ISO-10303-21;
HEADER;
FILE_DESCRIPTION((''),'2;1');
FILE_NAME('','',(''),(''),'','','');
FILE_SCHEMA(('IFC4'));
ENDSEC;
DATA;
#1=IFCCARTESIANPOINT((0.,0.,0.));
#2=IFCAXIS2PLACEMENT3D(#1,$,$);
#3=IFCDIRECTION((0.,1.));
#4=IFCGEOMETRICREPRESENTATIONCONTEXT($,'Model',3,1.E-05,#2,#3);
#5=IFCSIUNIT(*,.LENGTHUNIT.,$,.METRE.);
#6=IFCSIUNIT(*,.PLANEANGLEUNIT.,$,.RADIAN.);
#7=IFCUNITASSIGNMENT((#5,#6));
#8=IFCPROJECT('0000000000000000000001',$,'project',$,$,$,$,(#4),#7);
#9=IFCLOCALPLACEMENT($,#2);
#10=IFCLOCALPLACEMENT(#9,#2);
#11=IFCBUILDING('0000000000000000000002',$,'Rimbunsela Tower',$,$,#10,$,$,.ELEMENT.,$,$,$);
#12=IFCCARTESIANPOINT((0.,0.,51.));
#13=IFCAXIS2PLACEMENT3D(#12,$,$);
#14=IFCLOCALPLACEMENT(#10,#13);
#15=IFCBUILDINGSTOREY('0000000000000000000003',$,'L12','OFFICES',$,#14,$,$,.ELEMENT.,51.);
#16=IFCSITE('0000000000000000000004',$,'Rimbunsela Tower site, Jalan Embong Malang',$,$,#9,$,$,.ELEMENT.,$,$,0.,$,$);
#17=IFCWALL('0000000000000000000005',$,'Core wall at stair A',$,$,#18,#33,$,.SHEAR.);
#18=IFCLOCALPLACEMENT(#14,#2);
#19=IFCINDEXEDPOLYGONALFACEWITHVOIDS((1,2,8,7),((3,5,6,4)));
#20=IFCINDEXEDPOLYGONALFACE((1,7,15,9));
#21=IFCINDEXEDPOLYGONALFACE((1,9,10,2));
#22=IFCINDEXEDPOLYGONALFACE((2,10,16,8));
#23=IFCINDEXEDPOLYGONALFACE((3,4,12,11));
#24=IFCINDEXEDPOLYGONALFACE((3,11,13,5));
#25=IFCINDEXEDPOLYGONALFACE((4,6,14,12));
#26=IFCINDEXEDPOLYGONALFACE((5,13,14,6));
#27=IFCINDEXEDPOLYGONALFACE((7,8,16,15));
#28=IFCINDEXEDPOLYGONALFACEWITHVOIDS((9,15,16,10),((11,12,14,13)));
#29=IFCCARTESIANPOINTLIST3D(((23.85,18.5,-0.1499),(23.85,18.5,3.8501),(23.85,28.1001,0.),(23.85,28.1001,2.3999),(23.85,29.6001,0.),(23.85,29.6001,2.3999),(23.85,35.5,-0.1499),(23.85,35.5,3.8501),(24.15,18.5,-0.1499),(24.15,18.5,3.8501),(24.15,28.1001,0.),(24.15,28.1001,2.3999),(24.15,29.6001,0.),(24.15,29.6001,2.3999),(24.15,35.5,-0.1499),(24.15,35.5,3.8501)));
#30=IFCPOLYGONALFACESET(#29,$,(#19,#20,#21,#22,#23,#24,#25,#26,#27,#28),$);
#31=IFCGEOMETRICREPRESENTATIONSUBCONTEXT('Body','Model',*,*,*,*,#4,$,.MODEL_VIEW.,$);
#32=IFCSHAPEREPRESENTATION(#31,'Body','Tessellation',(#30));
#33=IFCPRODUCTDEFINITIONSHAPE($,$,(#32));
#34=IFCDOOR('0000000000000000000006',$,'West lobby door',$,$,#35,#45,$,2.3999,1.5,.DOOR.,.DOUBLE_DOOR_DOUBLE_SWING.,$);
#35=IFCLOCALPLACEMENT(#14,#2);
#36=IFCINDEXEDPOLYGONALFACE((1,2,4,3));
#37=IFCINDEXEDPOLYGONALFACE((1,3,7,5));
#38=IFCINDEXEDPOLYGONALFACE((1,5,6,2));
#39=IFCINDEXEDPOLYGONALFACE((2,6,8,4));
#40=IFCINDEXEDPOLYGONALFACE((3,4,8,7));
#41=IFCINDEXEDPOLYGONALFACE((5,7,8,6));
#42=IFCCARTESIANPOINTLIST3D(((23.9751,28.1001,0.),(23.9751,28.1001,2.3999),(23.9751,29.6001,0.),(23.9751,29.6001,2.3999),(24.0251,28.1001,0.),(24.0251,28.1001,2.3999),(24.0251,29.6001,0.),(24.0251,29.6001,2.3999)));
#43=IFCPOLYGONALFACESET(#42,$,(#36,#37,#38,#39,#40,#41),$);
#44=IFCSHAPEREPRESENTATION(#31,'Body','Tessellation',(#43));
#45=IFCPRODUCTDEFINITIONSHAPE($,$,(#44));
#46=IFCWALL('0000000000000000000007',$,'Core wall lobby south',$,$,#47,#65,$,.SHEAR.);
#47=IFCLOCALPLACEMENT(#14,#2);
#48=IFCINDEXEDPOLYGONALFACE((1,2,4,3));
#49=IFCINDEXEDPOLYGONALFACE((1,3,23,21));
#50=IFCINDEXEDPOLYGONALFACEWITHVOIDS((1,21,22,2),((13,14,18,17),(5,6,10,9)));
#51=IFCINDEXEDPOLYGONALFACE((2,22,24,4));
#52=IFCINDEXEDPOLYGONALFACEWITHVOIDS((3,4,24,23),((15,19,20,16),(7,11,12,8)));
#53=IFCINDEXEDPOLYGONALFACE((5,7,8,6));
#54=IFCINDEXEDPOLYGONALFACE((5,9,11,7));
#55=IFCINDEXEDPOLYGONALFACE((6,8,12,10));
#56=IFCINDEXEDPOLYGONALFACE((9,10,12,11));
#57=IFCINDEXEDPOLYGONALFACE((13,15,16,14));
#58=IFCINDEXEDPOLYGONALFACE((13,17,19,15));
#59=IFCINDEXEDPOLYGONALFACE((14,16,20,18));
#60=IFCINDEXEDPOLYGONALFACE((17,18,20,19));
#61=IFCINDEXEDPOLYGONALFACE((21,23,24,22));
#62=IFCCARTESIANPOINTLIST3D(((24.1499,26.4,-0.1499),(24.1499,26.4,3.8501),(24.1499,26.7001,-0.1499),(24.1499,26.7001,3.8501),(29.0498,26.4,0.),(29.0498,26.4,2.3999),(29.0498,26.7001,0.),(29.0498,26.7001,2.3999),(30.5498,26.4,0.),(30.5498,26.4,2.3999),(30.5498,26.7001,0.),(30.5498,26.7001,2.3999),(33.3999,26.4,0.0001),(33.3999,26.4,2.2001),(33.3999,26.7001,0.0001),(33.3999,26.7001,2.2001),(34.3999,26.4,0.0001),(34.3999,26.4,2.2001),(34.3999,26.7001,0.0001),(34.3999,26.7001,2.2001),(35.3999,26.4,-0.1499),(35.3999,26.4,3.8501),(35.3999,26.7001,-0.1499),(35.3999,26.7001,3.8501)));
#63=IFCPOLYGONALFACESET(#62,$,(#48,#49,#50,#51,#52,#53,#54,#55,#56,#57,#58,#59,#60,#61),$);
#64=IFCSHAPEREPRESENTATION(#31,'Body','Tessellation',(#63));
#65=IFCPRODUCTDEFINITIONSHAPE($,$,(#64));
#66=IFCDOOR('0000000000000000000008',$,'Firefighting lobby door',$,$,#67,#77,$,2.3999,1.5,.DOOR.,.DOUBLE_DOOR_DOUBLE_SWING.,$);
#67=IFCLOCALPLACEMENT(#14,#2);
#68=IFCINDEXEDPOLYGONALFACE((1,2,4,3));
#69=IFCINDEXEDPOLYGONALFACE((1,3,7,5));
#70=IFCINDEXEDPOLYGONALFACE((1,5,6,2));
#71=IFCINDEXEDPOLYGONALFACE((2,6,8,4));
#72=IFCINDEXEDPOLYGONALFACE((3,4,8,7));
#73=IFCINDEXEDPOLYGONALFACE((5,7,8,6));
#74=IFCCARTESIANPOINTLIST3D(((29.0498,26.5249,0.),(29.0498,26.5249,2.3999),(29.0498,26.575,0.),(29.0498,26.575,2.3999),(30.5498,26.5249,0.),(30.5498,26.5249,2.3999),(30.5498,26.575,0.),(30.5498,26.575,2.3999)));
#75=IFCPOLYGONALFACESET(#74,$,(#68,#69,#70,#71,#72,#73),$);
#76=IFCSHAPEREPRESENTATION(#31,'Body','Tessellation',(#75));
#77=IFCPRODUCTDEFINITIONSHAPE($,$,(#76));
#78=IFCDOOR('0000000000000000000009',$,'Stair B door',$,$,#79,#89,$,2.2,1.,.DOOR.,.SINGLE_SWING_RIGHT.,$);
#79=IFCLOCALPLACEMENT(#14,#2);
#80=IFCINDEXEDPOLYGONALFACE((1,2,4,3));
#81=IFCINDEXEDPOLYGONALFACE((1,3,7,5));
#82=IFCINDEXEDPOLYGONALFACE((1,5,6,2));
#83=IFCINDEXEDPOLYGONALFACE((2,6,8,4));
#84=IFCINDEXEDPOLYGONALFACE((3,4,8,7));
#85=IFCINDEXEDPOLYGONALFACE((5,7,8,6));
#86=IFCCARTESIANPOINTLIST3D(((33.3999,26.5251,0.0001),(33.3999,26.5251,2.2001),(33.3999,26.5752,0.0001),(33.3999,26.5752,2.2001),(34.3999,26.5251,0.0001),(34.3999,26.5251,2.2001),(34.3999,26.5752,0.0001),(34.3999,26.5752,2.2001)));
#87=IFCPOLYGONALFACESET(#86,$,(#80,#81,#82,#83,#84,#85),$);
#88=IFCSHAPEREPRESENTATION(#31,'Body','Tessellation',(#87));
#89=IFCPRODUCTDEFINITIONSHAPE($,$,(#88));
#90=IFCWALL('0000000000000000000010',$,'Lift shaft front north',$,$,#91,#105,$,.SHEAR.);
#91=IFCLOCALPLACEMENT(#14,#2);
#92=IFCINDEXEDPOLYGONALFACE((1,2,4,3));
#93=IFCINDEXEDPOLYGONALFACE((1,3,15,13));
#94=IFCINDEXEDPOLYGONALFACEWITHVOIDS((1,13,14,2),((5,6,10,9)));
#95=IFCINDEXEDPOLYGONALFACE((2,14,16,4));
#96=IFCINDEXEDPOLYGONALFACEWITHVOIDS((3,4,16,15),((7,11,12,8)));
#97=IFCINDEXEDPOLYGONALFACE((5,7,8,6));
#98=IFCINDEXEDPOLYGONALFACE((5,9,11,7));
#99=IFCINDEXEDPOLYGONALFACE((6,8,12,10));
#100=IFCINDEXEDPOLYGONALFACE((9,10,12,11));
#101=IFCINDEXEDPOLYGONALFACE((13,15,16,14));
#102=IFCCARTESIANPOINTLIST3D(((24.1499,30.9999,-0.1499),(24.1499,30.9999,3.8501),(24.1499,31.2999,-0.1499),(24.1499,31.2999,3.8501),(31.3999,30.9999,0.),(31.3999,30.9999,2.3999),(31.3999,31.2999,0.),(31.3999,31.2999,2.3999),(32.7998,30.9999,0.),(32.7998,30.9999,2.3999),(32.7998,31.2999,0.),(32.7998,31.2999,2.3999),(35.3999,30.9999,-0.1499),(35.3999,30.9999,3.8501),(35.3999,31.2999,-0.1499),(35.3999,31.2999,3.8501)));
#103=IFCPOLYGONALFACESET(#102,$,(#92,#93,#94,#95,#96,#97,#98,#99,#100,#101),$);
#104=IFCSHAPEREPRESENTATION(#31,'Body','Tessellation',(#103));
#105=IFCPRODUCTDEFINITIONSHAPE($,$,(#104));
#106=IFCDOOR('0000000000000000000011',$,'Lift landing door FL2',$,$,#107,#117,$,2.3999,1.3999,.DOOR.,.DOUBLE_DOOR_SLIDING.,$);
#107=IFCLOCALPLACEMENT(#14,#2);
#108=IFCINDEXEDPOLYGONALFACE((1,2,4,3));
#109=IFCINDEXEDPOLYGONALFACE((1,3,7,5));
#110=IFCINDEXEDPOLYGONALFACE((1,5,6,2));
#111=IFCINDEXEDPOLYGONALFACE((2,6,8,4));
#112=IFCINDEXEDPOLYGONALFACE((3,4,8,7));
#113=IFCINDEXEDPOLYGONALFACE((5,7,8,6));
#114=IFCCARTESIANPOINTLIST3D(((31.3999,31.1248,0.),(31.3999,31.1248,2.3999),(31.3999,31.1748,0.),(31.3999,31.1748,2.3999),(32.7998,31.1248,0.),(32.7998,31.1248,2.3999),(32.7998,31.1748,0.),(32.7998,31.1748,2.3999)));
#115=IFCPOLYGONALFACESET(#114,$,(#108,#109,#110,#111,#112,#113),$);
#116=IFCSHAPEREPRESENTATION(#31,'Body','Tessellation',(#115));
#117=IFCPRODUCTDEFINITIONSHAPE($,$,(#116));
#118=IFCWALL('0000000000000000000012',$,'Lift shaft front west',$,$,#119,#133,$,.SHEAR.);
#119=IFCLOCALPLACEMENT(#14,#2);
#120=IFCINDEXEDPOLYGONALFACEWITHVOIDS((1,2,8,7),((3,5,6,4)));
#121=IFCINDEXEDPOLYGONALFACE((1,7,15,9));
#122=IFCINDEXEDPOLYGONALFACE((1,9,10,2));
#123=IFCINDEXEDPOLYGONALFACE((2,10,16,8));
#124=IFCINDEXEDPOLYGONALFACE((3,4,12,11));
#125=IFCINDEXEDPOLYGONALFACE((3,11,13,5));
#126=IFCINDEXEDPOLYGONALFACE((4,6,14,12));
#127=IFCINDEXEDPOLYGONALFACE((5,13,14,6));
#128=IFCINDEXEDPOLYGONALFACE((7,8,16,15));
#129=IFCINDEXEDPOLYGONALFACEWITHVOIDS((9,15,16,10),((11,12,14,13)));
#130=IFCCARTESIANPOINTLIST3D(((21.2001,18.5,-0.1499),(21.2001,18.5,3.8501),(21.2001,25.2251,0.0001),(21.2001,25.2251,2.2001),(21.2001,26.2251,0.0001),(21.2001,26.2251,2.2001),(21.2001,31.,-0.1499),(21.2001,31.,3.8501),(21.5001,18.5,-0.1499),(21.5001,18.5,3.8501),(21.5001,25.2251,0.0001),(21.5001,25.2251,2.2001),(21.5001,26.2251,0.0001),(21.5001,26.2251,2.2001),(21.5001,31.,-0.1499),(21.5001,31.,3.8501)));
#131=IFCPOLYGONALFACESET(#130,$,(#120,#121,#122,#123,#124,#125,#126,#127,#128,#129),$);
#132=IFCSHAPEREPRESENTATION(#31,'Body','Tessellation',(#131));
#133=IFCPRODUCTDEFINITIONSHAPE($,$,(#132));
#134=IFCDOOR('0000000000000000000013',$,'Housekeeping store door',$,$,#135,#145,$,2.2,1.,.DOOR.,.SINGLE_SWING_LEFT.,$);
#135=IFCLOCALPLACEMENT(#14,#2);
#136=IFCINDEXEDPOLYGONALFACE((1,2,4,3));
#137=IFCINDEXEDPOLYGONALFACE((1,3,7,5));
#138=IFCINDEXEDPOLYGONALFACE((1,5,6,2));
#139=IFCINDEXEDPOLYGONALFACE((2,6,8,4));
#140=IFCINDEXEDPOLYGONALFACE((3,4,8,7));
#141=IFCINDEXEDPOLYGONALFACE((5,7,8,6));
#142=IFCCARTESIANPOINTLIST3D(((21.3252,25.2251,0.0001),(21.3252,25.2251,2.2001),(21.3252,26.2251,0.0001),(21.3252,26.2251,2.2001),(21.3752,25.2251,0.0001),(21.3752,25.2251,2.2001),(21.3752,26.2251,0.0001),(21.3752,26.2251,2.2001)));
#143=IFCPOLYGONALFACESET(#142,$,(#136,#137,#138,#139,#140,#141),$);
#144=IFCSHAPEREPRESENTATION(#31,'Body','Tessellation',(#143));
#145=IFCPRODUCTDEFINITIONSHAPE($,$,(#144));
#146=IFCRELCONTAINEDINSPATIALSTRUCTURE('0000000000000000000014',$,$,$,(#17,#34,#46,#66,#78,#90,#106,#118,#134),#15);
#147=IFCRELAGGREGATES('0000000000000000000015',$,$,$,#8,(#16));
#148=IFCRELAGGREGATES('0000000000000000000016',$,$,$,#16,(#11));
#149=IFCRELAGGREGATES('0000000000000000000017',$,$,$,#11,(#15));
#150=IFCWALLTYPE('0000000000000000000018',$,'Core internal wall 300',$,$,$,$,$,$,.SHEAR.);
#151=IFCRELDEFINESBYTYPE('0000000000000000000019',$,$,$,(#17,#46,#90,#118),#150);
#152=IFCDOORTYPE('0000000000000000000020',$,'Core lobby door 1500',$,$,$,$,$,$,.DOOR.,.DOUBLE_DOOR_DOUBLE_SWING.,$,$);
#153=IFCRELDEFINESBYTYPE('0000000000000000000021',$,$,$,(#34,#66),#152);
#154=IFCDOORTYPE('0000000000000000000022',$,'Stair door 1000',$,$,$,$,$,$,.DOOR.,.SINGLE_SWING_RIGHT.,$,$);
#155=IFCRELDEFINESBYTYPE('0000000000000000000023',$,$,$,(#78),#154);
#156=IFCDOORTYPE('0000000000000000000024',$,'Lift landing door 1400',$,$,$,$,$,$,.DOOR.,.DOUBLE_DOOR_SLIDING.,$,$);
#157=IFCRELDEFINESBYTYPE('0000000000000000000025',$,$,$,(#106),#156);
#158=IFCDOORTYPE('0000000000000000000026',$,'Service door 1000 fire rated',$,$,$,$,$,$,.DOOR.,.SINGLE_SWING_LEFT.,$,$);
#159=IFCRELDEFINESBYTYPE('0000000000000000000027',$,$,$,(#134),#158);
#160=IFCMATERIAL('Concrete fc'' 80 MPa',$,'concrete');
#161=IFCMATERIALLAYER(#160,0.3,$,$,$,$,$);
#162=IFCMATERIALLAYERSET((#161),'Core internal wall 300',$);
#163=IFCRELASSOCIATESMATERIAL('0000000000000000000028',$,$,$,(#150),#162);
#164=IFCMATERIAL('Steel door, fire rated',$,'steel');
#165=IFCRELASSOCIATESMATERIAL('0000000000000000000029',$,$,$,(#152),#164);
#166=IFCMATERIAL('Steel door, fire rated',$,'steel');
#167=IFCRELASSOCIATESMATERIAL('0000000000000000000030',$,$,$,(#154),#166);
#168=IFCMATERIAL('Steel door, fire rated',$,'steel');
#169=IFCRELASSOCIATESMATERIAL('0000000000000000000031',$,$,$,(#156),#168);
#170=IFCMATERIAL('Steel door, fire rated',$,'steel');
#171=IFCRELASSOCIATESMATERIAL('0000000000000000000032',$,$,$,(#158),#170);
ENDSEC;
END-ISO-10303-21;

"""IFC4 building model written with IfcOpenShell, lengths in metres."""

from ifc_helpers import new_model, si_unit, direction, frame, frame_2d, origin, place, context, subcontext, project, spatial, rectangle, extrude, material, layer, layer_set, type_object, element, fill, save


model = new_model("IFC4")

# Units and contexts
model_context = context("Model", 3, precision=1e-05, world=origin(), true_north=direction((0.0, 1.0)))
body_context = subcontext(model_context, "Body", "Model", "MODEL_VIEW")
ifc_project = project(units=[si_unit("LENGTHUNIT", "METRE"), si_unit("PLANEANGLEUNIT", "RADIAN")], contexts=[model_context])

# Site, building, storey
site_placement = place(None, origin())
site = spatial("IfcSite", under=ifc_project, at=site_placement, Name="Rimbunsela Tower site, Jalan Embong Malang", CompositionType="ELEMENT", RefElevation=0.0)
building_placement = place(site_placement, origin())
building = spatial("IfcBuilding", under=site, at=building_placement, Name="Rimbunsela Tower", CompositionType="ELEMENT")
storey_placement = place(building_placement, frame((0.0, 0.0, 51.0)))
storey = spatial("IfcBuildingStorey", under=building, at=storey_placement, Name="L12", Description="OFFICES", CompositionType="ELEMENT", Elevation=51.0)

# Wall, opening, door
ifc_material_1 = material(Name="Concrete fc' 80 MPa", Category="concrete")
ifc_layer_1 = layer(ifc_material_1, 0.3)
ifc_layer_set_1 = layer_set([ifc_layer_1], Name="Core internal wall 300")
wall_type_1 = type_object("IfcWallType", Name="Core internal wall 300", PredefinedType="SHEAR", material=ifc_layer_set_1)
wall_1_placement = place(storey_placement, frame((24.0, 18.5, -0.1499), z_axis=(0.0, 0.0, 1.0), x_axis=(0.0, 1.0, 0.0)))
wall_1 = element("IfcWall", 1, at=wall_1_placement, inside=storey, type_object=wall_type_1, Name="Core wall at stair A", PredefinedType="SHEAR", context=body_context, shape_type="SweptSolid", body=[
    extrude(rectangle(XDim=17.0, YDim=0.3, at=frame_2d((8.5, 0.0))), origin(), (0.0, 0.0, 1.0), 4.0),
])
opening_1_placement = place(wall_1_placement, frame((9.6001, 0.0, 0.1499)))
opening_1 = element("IfcOpeningElement", 2, at=opening_1_placement, cuts=wall_1, PredefinedType="OPENING", context=body_context, shape_type="SweptSolid", body=[
    extrude(rectangle(XDim=1.5, YDim=2.3999, at=frame_2d((0.75, 1.2))), frame((0.0, 0.1599, 0.0), z_axis=(0.0, -1.0, 0.0), x_axis=(1.0, 0.0, 0.0)), (0.0, 0.0, 1.0), 0.3201),
])
ifc_material_2 = material(Name="Steel door, fire rated", Category="steel")
door_type_1 = type_object("IfcDoorType", Name="Core lobby door 1500", OperationType="DOUBLE_DOOR_DOUBLE_SWING", PredefinedType="DOOR", material=ifc_material_2)
door_1_placement = place(opening_1_placement, origin())
door_1 = element("IfcDoor", 3, at=door_1_placement, inside=storey, type_object=door_type_1, Name="West lobby door", OperationType="DOUBLE_DOOR_DOUBLE_SWING", OverallHeight=2.3999, OverallWidth=1.5, PredefinedType="DOOR", context=body_context, shape_type="SweptSolid", body=[
    extrude(rectangle(XDim=1.5, YDim=2.3999, at=frame_2d((0.75, 1.2))), frame((0.0, 0.0249, 0.0), z_axis=(0.0, -1.0, 0.0), x_axis=(1.0, 0.0, 0.0)), (0.0, 0.0, 1.0), 0.05),
])
fill(opening_1, door_1)

# Wall, openings, doors
wall_2_placement = place(storey_placement, frame((24.1499, 26.55, -0.1499), z_axis=(0.0, 0.0, 1.0), x_axis=(1.0, 0.0, 0.0)))
wall_2 = element("IfcWall", 4, at=wall_2_placement, inside=storey, type_object=wall_type_1, Name="Core wall lobby south", PredefinedType="SHEAR", context=body_context, shape_type="SweptSolid", body=[
    extrude(rectangle(XDim=11.25, YDim=0.3, at=frame_2d((5.625, 0.0))), origin(), (0.0, 0.0, 1.0), 4.0),
])
opening_2_placement = place(wall_2_placement, frame((9.25, 0.0, 0.1499)))
opening_2 = element("IfcOpeningElement", 5, at=opening_2_placement, cuts=wall_2, PredefinedType="OPENING", context=body_context, shape_type="SweptSolid", body=[
    extrude(rectangle(XDim=1.0, YDim=2.2, at=frame_2d((0.5, 1.1001))), frame((0.0, 0.1599, 0.0), z_axis=(0.0, -1.0, 0.0), x_axis=(1.0, 0.0, 0.0)), (0.0, 0.0, 1.0), 0.3201),
])
opening_3_placement = place(wall_2_placement, frame((4.8999, 0.0, 0.1499)))
opening_3 = element("IfcOpeningElement", 6, at=opening_3_placement, cuts=wall_2, PredefinedType="OPENING", context=body_context, shape_type="SweptSolid", body=[
    extrude(rectangle(XDim=1.5, YDim=2.3999, at=frame_2d((0.75, 1.2))), frame((0.0, 0.1599, 0.0), z_axis=(0.0, -1.0, 0.0), x_axis=(1.0, 0.0, 0.0)), (0.0, 0.0, 1.0), 0.3201),
])
door_2_placement = place(opening_3_placement, origin())
door_2 = element("IfcDoor", 7, at=door_2_placement, inside=storey, type_object=door_type_1, Name="Firefighting lobby door", OperationType="DOUBLE_DOOR_DOUBLE_SWING", OverallHeight=2.3999, OverallWidth=1.5, PredefinedType="DOOR", context=body_context, shape_type="SweptSolid", body=[
    extrude(rectangle(XDim=1.5, YDim=2.3999, at=frame_2d((0.75, 1.2))), frame((0.0, 0.0249, 0.0), z_axis=(0.0, -1.0, 0.0), x_axis=(1.0, 0.0, 0.0)), (0.0, 0.0, 1.0), 0.05),
])
fill(opening_3, door_2)
ifc_material_3 = material(Name="Steel door, fire rated", Category="steel")
door_type_2 = type_object("IfcDoorType", Name="Stair door 1000", OperationType="SINGLE_SWING_RIGHT", PredefinedType="DOOR", material=ifc_material_3)
door_3_placement = place(opening_2_placement, frame((1.0, 0.0, 0.0), z_axis=(0.0, 0.0, 1.0), x_axis=(-1.0, 0.0, 0.0)))
door_3 = element("IfcDoor", 8, at=door_3_placement, inside=storey, type_object=door_type_2, Name="Stair B door", OperationType="SINGLE_SWING_RIGHT", OverallHeight=2.2, OverallWidth=1.0, PredefinedType="DOOR", context=body_context, shape_type="SweptSolid", body=[
    extrude(rectangle(XDim=1.0, YDim=2.2, at=frame_2d((0.5, 1.1001))), frame((0.0, 0.0249, 0.0), z_axis=(0.0, -1.0, 0.0), x_axis=(1.0, 0.0, 0.0)), (0.0, 0.0, 1.0), 0.05),
])
fill(opening_2, door_3)

# Walls, openings, doors
wall_3_placement = place(storey_placement, frame((24.1499, 31.1499, -0.1499), z_axis=(0.0, 0.0, 1.0), x_axis=(1.0, 0.0, 0.0)))
wall_3 = element("IfcWall", 9, at=wall_3_placement, inside=storey, type_object=wall_type_1, Name="Lift shaft front north", PredefinedType="SHEAR", context=body_context, shape_type="SweptSolid", body=[
    extrude(rectangle(XDim=11.25, YDim=0.3, at=frame_2d((5.625, 0.0))), origin(), (0.0, 0.0, 1.0), 4.0),
])
opening_4_placement = place(wall_3_placement, frame((7.25, 0.0, 0.1499)))
opening_4 = element("IfcOpeningElement", 10, at=opening_4_placement, cuts=wall_3, PredefinedType="OPENING", context=body_context, shape_type="SweptSolid", body=[
    extrude(rectangle(XDim=1.3999, YDim=2.3999, at=frame_2d((0.7, 1.2))), frame((0.0, 0.1599, 0.0), z_axis=(0.0, -1.0, 0.0), x_axis=(1.0, 0.0, 0.0)), (0.0, 0.0, 1.0), 0.3201),
])
ifc_material_4 = material(Name="Steel door, fire rated", Category="steel")
door_type_3 = type_object("IfcDoorType", Name="Lift landing door 1400", OperationType="DOUBLE_DOOR_SLIDING", PredefinedType="DOOR", material=ifc_material_4)
door_4_placement = place(opening_4_placement, origin())
door_4 = element("IfcDoor", 11, at=door_4_placement, inside=storey, type_object=door_type_3, Name="Lift landing door FL2", OperationType="DOUBLE_DOOR_SLIDING", OverallHeight=2.3999, OverallWidth=1.3999, PredefinedType="DOOR", context=body_context, shape_type="SweptSolid", body=[
    extrude(rectangle(XDim=1.3999, YDim=2.3999, at=frame_2d((0.7, 1.2))), frame((0.0, 0.0249, 0.0), z_axis=(0.0, -1.0, 0.0), x_axis=(1.0, 0.0, 0.0)), (0.0, 0.0, 1.0), 0.05),
])
fill(opening_4, door_4)
wall_4_placement = place(storey_placement, frame((21.3501, 18.5, -0.1499), z_axis=(0.0, 0.0, 1.0), x_axis=(0.0, 1.0, 0.0)))
wall_4 = element("IfcWall", 12, at=wall_4_placement, inside=storey, type_object=wall_type_1, Name="Lift shaft front west", PredefinedType="SHEAR", context=body_context, shape_type="SweptSolid", body=[
    extrude(rectangle(XDim=12.5, YDim=0.3, at=frame_2d((6.25, 0.0))), origin(), (0.0, 0.0, 1.0), 4.0),
])
opening_5_placement = place(wall_4_placement, frame((6.7251, 0.0, 0.1499)))
opening_5 = element("IfcOpeningElement", 13, at=opening_5_placement, cuts=wall_4, PredefinedType="OPENING", context=body_context, shape_type="SweptSolid", body=[
    extrude(rectangle(XDim=1.0, YDim=2.2, at=frame_2d((0.5, 1.1001))), frame((0.0, 0.1599, 0.0), z_axis=(0.0, -1.0, 0.0), x_axis=(1.0, 0.0, 0.0)), (0.0, 0.0, 1.0), 0.3201),
])
ifc_material_5 = material(Name="Steel door, fire rated", Category="steel")
door_type_4 = type_object("IfcDoorType", Name="Service door 1000 fire rated", OperationType="SINGLE_SWING_LEFT", PredefinedType="DOOR", material=ifc_material_5)
door_5_placement = place(opening_5_placement, origin())
door_5 = element("IfcDoor", 14, at=door_5_placement, inside=storey, type_object=door_type_4, Name="Housekeeping store door", OperationType="SINGLE_SWING_LEFT", OverallHeight=2.2, OverallWidth=1.0, PredefinedType="DOOR", context=body_context, shape_type="SweptSolid", body=[
    extrude(rectangle(XDim=1.0, YDim=2.2, at=frame_2d((0.5, 1.1001))), frame((0.0, 0.0249, 0.0), z_axis=(0.0, -1.0, 0.0), x_axis=(1.0, 0.0, 0.0)), (0.0, 0.0, 1.0), 0.05),
])
fill(opening_5, door_5)

save(model, "model.ifc")
